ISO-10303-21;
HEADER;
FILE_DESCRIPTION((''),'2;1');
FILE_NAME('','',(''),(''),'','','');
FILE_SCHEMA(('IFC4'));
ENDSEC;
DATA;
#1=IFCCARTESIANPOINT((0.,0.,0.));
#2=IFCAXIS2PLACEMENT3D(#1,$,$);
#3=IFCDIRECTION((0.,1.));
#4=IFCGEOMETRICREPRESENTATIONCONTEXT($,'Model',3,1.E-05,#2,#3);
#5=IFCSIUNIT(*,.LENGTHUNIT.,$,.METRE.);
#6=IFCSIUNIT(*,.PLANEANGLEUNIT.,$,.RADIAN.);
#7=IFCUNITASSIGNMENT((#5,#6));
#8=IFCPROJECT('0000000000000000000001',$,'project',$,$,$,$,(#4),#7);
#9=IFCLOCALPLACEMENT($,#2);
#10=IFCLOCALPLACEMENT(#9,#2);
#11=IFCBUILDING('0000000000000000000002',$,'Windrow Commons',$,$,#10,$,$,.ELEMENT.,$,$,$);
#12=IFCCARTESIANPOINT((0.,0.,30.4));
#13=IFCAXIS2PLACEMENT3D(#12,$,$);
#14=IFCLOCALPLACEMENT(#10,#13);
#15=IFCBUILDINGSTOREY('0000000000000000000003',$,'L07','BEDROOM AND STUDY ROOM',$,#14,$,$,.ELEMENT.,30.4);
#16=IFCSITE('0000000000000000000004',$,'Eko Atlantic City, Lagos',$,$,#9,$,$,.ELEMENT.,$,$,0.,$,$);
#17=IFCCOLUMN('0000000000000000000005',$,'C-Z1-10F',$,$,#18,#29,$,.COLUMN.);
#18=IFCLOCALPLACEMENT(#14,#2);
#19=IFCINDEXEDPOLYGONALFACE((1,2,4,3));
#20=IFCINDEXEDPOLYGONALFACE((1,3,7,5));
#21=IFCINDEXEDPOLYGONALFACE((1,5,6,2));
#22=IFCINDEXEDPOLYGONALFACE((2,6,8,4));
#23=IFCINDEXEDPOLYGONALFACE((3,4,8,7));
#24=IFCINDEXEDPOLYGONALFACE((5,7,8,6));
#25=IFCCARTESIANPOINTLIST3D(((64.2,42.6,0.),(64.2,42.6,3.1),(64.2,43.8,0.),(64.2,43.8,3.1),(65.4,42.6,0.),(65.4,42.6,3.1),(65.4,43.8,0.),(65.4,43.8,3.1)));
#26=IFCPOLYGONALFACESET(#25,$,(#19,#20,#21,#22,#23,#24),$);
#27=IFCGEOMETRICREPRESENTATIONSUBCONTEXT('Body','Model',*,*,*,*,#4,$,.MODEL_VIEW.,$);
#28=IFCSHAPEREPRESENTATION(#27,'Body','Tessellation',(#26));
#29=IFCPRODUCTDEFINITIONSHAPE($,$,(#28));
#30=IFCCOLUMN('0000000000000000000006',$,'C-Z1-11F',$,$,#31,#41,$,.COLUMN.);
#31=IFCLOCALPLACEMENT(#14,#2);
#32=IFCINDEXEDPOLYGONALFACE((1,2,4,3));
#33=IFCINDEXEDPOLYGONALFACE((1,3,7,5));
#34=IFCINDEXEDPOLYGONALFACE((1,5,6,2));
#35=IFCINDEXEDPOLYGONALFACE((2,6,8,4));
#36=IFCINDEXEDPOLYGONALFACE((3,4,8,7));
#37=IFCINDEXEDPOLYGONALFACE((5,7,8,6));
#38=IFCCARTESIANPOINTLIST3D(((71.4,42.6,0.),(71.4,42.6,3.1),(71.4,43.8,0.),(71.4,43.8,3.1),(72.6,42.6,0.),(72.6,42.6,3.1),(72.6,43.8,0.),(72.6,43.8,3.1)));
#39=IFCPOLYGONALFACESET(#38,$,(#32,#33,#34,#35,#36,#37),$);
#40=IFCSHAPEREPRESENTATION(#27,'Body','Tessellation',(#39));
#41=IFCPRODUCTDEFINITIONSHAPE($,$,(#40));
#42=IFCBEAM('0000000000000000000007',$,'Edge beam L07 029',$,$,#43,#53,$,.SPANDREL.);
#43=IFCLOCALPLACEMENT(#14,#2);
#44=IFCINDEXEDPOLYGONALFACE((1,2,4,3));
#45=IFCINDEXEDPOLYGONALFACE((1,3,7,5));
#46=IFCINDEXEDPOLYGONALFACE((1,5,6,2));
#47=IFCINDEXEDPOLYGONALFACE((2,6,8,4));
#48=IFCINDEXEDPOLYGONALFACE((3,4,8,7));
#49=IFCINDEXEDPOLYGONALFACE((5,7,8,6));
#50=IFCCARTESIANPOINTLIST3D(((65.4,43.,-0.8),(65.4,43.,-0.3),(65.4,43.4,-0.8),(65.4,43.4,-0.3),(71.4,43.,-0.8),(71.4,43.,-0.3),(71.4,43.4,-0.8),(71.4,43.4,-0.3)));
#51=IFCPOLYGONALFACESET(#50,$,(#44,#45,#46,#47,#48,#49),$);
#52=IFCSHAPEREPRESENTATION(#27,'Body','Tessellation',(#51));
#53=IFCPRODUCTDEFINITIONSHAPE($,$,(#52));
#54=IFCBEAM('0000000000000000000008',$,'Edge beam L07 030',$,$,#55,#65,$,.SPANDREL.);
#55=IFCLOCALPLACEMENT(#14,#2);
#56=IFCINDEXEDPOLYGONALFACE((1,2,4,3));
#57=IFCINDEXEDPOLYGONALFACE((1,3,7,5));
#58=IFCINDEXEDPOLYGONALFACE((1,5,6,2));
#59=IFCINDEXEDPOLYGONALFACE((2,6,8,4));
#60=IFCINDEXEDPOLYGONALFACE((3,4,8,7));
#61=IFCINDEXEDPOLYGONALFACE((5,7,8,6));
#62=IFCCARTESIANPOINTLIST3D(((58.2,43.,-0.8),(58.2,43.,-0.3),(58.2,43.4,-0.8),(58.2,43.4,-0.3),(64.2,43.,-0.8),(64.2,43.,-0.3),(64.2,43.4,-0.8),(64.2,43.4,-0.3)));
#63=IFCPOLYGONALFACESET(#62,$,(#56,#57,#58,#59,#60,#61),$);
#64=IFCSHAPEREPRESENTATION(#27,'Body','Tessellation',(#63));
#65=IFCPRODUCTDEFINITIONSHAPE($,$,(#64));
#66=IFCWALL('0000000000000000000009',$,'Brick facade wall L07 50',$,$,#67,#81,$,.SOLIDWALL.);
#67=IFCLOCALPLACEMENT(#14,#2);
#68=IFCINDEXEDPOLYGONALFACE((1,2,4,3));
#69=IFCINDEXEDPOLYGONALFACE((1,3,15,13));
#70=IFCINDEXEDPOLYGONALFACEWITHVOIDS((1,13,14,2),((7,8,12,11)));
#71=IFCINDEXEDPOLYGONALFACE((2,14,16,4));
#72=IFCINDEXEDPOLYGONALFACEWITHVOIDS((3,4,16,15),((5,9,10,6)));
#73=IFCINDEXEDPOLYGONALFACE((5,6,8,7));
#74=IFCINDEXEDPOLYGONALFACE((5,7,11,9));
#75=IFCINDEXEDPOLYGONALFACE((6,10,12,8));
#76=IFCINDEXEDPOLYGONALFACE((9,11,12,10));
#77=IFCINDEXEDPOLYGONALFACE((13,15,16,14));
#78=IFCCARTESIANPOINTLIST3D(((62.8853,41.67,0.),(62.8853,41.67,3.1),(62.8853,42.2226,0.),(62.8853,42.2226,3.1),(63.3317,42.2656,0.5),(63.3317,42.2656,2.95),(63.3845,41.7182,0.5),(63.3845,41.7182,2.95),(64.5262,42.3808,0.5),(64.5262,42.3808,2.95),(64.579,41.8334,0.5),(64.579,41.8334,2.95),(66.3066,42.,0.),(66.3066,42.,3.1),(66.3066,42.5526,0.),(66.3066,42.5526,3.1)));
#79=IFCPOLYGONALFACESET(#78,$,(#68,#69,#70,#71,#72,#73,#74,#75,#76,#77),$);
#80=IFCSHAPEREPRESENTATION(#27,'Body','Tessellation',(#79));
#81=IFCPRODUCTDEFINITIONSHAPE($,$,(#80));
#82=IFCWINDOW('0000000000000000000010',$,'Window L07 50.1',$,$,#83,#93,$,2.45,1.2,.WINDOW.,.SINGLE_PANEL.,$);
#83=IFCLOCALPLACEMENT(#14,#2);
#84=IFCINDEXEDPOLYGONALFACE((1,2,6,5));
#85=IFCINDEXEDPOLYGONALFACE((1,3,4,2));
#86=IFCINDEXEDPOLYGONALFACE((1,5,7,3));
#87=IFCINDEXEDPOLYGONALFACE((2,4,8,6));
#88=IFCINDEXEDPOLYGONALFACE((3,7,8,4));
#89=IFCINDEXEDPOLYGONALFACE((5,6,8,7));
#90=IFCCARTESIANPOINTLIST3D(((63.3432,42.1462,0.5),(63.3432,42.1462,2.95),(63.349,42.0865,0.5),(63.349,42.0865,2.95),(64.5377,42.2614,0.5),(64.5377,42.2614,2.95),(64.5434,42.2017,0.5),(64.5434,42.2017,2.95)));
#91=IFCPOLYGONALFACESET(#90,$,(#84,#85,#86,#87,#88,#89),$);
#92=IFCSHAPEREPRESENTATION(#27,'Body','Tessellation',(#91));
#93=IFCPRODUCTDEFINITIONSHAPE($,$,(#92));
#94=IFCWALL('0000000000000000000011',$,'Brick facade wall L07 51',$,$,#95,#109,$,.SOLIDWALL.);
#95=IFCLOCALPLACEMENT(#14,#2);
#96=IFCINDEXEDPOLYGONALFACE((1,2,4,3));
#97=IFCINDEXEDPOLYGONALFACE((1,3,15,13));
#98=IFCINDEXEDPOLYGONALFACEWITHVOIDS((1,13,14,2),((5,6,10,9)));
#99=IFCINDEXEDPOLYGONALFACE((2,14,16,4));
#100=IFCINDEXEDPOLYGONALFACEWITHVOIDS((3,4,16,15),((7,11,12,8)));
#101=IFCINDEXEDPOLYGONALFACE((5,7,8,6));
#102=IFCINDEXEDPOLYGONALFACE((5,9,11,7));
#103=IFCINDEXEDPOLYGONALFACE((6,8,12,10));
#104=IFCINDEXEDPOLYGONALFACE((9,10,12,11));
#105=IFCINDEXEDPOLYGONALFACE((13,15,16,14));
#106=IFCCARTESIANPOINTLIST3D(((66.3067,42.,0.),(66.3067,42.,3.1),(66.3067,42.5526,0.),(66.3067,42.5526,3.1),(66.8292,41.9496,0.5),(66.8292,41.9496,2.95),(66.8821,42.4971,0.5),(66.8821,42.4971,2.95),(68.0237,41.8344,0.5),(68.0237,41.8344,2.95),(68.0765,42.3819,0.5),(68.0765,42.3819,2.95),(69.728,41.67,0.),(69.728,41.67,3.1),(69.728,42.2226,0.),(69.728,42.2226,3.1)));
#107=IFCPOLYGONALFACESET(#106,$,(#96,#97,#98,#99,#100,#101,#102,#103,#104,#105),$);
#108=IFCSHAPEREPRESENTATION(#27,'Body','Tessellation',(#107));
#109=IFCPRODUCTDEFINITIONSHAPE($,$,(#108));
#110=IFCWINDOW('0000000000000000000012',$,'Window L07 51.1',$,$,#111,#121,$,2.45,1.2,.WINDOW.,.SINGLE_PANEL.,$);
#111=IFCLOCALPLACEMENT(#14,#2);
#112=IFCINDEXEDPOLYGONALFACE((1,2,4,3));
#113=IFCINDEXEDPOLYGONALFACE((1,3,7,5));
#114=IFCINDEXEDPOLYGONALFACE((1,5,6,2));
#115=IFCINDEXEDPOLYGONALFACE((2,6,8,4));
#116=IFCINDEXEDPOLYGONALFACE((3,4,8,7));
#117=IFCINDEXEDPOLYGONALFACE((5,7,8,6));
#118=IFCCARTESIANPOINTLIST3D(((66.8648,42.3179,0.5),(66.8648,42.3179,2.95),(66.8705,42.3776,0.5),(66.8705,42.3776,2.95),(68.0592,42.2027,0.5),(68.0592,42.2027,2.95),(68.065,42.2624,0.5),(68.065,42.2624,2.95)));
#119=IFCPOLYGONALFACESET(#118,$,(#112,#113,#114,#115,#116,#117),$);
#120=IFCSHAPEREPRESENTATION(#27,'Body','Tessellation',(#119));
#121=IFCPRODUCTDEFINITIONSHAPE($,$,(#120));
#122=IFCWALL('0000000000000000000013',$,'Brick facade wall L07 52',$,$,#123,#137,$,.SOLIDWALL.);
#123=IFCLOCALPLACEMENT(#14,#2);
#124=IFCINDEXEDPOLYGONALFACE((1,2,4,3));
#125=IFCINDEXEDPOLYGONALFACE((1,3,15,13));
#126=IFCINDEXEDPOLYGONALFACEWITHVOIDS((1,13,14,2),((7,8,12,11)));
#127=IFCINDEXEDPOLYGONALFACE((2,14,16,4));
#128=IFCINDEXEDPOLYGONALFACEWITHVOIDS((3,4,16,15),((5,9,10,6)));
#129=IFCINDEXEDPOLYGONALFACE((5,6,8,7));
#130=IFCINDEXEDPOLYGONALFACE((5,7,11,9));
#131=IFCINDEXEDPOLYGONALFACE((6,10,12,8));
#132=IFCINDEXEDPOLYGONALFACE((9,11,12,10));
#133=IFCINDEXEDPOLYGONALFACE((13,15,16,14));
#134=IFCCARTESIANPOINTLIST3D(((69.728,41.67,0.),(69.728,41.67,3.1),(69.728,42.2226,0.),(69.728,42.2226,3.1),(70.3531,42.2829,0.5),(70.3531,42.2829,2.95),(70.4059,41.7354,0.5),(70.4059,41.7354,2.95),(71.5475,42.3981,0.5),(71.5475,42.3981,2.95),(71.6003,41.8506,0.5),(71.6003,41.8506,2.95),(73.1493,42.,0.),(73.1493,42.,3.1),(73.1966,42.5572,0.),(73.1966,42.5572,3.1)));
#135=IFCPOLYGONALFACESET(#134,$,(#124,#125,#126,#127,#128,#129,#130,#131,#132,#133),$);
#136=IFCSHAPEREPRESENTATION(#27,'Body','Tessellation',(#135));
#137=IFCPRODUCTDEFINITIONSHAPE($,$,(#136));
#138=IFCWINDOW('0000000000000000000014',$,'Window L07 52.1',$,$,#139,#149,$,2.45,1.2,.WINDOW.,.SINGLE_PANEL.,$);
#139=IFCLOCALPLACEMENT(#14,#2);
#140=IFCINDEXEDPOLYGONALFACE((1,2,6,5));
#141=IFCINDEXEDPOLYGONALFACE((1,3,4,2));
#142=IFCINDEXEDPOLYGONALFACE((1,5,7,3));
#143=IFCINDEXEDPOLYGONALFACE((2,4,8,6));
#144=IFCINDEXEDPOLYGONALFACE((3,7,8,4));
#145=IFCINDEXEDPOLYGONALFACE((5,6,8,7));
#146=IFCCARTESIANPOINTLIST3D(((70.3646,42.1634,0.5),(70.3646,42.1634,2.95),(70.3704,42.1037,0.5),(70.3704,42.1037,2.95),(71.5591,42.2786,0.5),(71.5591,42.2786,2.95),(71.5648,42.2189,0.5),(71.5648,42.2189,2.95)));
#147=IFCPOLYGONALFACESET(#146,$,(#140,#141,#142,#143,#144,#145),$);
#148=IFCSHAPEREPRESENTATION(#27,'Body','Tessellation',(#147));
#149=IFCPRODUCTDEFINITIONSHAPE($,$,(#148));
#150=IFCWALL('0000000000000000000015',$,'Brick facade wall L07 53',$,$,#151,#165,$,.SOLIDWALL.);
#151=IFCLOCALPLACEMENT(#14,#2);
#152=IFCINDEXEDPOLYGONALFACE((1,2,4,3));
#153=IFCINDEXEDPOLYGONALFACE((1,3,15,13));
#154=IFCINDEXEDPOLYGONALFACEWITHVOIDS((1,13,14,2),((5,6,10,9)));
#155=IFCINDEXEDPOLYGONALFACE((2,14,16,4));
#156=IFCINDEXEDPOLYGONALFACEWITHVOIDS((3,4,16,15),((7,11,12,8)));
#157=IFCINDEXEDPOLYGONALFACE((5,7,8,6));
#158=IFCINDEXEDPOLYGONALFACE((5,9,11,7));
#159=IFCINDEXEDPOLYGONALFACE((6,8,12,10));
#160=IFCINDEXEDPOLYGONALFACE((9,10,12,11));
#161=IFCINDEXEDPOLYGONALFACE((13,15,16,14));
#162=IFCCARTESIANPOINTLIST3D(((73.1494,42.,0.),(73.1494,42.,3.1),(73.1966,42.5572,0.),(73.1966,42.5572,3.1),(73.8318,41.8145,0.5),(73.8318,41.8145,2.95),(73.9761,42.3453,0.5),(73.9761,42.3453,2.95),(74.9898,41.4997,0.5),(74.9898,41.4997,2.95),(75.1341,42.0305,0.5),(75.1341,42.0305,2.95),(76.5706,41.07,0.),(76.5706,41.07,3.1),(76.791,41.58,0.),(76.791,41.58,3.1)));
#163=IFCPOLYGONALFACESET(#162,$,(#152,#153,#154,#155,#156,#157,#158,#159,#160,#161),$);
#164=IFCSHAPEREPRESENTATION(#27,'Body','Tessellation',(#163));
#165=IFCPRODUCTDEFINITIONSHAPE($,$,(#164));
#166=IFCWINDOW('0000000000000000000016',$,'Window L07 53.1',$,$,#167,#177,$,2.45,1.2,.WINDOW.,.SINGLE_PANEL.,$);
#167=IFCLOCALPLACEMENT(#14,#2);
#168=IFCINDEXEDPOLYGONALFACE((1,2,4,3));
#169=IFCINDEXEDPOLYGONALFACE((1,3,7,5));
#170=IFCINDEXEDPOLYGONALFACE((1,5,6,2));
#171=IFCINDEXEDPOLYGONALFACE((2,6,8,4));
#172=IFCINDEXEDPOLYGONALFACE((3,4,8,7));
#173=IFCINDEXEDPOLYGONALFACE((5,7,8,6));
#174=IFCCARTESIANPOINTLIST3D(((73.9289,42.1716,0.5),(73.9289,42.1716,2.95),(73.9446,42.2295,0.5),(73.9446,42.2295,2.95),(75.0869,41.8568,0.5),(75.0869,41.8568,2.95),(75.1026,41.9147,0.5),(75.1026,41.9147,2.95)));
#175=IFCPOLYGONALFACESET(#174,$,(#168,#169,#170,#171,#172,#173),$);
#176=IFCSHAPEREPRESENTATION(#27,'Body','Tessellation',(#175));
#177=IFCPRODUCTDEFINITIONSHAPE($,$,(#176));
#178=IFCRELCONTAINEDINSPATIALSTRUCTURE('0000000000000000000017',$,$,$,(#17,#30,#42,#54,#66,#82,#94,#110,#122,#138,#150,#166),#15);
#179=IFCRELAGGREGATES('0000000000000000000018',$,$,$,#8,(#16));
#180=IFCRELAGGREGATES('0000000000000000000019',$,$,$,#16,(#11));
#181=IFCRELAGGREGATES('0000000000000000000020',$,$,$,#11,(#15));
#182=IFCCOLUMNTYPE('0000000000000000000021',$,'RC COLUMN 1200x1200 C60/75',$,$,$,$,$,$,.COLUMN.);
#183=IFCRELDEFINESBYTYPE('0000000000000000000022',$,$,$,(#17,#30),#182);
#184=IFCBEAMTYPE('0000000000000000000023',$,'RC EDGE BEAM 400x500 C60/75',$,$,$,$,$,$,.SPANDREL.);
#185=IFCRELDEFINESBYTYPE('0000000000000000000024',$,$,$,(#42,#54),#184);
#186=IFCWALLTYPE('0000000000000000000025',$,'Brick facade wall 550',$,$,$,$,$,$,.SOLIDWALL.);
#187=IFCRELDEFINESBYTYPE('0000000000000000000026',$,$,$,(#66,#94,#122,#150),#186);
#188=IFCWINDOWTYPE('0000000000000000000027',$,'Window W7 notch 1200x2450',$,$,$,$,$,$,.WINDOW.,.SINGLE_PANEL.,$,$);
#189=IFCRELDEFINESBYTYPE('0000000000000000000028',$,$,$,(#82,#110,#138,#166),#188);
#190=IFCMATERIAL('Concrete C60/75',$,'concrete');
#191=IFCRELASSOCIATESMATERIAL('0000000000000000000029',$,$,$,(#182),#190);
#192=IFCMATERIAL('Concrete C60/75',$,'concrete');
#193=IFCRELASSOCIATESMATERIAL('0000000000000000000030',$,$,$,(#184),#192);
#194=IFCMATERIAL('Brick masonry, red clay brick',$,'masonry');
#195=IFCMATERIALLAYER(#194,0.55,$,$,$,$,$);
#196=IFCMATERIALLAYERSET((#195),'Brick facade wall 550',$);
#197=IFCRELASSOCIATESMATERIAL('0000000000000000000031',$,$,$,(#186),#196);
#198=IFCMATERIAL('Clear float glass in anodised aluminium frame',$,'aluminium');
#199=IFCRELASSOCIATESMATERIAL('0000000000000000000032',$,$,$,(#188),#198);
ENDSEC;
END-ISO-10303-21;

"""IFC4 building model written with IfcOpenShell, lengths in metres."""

from ifc_helpers import new_model, si_unit, direction, frame, frame_2d, origin, origin_2d, place, context, subcontext, project, spatial, polyline, rectangle, outline, extrude, material, layer, layer_set, material_profile, profile_set, type_object, element, fill, save


model = new_model("IFC4")

# Units and contexts
model_context = context("Model", 3, precision=1e-05, world=origin(), true_north=direction((0.0, 1.0)))
body_context = subcontext(model_context, "Body", "Model", "MODEL_VIEW")
ifc_project = project(units=[si_unit("LENGTHUNIT", "METRE"), si_unit("PLANEANGLEUNIT", "RADIAN")], contexts=[model_context])

# Site, building, storey
site_placement = place(None, origin())
site = spatial("IfcSite", under=ifc_project, at=site_placement, Name="Eko Atlantic City, Lagos", CompositionType="ELEMENT", RefElevation=0.0)
building_placement = place(site_placement, origin())
building = spatial("IfcBuilding", under=site, at=building_placement, Name="Windrow Commons", CompositionType="ELEMENT")
storey_placement = place(building_placement, frame((0.0, 0.0, 30.4)))
storey = spatial("IfcBuildingStorey", under=building, at=storey_placement, Name="L07", Description="BEDROOM AND STUDY ROOM", CompositionType="ELEMENT", Elevation=30.4)

# Columns
ifc_material_1 = material(Name="Concrete C60/75", Category="concrete")
ifc_material_profile_1 = material_profile(ifc_material_1, rectangle(XDim=1.2, YDim=1.2, at=origin_2d()))
ifc_profile_set_1 = profile_set([ifc_material_profile_1], Name="Concrete C60/75")
column_type = type_object("IfcColumnType", Name="RC COLUMN 1200x1200 C60/75", PredefinedType="COLUMN", material=ifc_profile_set_1)
for number, where, z_axis, x_axis, name in (
    (1, (64.8, 43.2, 0.0), (0.0, 0.0, 1.0), (1.0, 0.0, 0.0), "C-Z1-10F"),
    (2, (72.0, 43.2, 0.0), (0.0, 0.0, 1.0), (1.0, 0.0, 0.0), "C-Z1-11F"),
):
    element("IfcColumn", number, at=place(storey_placement, frame(where, z_axis=z_axis, x_axis=x_axis)), inside=storey, type_object=column_type, Name=name, PredefinedType="COLUMN", context=body_context, shape_type="SweptSolid", body=[
        extrude(rectangle(XDim=1.2, YDim=1.2, at=origin_2d()), origin(), (0.0, 0.0, 1.0), 3.1),
    ])

# Beams
ifc_material_2 = material(Name="Concrete C60/75", Category="concrete")
ifc_material_profile_2 = material_profile(ifc_material_2, rectangle(XDim=0.4, YDim=0.5, at=origin_2d()))
ifc_profile_set_2 = profile_set([ifc_material_profile_2], Name="Concrete C60/75")
beam_type = type_object("IfcBeamType", Name="RC EDGE BEAM 400x500 C60/75", PredefinedType="SPANDREL", material=ifc_profile_set_2)
for number, where, z_axis, x_axis, name in (
    (3, (71.4, 43.2, -0.55), (-1.0, 0.0, 0.0), (0.0, -1.0, 0.0), "Edge beam L07 029"),
    (4, (64.2, 43.2, -0.55), (-1.0, 0.0, 0.0), (0.0, -1.0, 0.0), "Edge beam L07 030"),
):
    element("IfcBeam", number, at=place(storey_placement, frame(where, z_axis=z_axis, x_axis=x_axis)), inside=storey, type_object=beam_type, Name=name, PredefinedType="SPANDREL", context=body_context, shape_type="SweptSolid", body=[
        extrude(rectangle(XDim=0.4, YDim=0.5, at=origin_2d()), origin(), (0.0, 0.0, 1.0), 6.0),
    ])

# Walls, openings, windows
ifc_material_3 = material(Name="Brick masonry, red clay brick", Category="masonry")
ifc_layer_1 = layer(ifc_material_3, 0.55)
ifc_layer_set_1 = layer_set([ifc_layer_1], Name="Brick facade wall 550")
wall_type_1 = type_object("IfcWallType", Name="Brick facade wall 550", PredefinedType="SOLIDWALL", material=ifc_layer_set_1)
wall_1_placement = place(storey_placement, frame((62.8853, 41.9463, 0.0), z_axis=(0.0, 0.0, 1.0), x_axis=(0.995381, 0.096006, 0.0)))
wall_1 = element("IfcWall", 5, at=wall_1_placement, inside=storey, type_object=wall_type_1, Name="Brick facade wall L07 50", PredefinedType="SOLIDWALL", context=body_context, shape_type="SweptSolid", body=[
    extrude(outline(polyline([(-0.0265, -0.275), (3.4107, -0.275), (3.4637, 0.275), (0.0265, 0.275), (-0.0265, -0.275)])), origin(), (0.0, 0.0, 1.0), 3.1),
])
opening_1_placement = place(wall_1_placement, frame((0.475, 0.0, 0.5)))
opening_1 = element("IfcOpeningElement", 6, at=opening_1_placement, cuts=wall_1, PredefinedType="OPENING", context=body_context, shape_type="SweptSolid", body=[
    extrude(rectangle(XDim=1.2, YDim=2.45, at=frame_2d((0.6, 1.225))), frame((0.0, 0.285, 0.0), z_axis=(0.0, -1.0, 0.0), x_axis=(1.0, 0.0, 0.0)), (0.0, 0.0, 1.0), 0.57),
])
ifc_material_4 = material(Name="Clear float glass in anodised aluminium frame", Category="aluminium")
window_type = type_object("IfcWindowType", Name="Window W7 notch 1200x2450", PartitioningType="SINGLE_PANEL", PredefinedType="WINDOW", material=ifc_material_4)
window_1_placement = place(opening_1_placement, origin())
window_1 = element("IfcWindow", 7, at=window_1_placement, inside=storey, type_object=window_type, Name="Window L07 50.1", OverallHeight=2.45, OverallWidth=1.2, PartitioningType="SINGLE_PANEL", PredefinedType="WINDOW", context=body_context, shape_type="SweptSolid", body=[
    extrude(rectangle(XDim=1.2, YDim=2.45, at=frame_2d((0.6, 1.225))), frame((0.0, 0.155, 0.0), z_axis=(0.0, -1.0, 0.0), x_axis=(1.0, 0.0, 0.0)), (0.0, 0.0, 1.0), 0.06),
])
fill(opening_1, window_1)
wall_2_placement = place(storey_placement, frame((66.3067, 42.2763, 0.0), z_axis=(0.0, 0.0, 1.0), x_axis=(0.99538, -0.096009, 0.0)))
wall_2 = element("IfcWall", 8, at=wall_2_placement, inside=storey, type_object=wall_type_1, Name="Brick facade wall L07 51", PredefinedType="SOLIDWALL", context=body_context, shape_type="SweptSolid", body=[
    extrude(outline(polyline([(0.0265, -0.275), (3.4637, -0.275), (3.4107, 0.275), (-0.0265, 0.275), (0.0265, -0.275)])), origin(), (0.0, 0.0, 1.0), 3.1),
])
opening_2_placement = place(wall_2_placement, frame((0.5515, 0.0, 0.5)))
opening_2 = element("IfcOpeningElement", 9, at=opening_2_placement, cuts=wall_2, PredefinedType="OPENING", context=body_context, shape_type="SweptSolid", body=[
    extrude(rectangle(XDim=1.2, YDim=2.45, at=frame_2d((0.6, 1.225))), frame((0.0, 0.285, 0.0), z_axis=(0.0, -1.0, 0.0), x_axis=(1.0, 0.0, 0.0)), (0.0, 0.0, 1.0), 0.57),
])
window_2_placement = place(opening_2_placement, origin())
window_2 = element("IfcWindow", 10, at=window_2_placement, inside=storey, type_object=window_type, Name="Window L07 51.1", OverallHeight=2.45, OverallWidth=1.2, PartitioningType="SINGLE_PANEL", PredefinedType="WINDOW", context=body_context, shape_type="SweptSolid", body=[
    extrude(rectangle(XDim=1.2, YDim=2.45, at=frame_2d((0.6, 1.225))), frame((0.0, 0.155, 0.0), z_axis=(0.0, -1.0, 0.0), x_axis=(1.0, 0.0, 0.0)), (0.0, 0.0, 1.0), 0.06),
])
fill(opening_2, window_2)
wall_3_placement = place(storey_placement, frame((69.728, 41.9463, 0.0), z_axis=(0.0, 0.0, 1.0), x_axis=(0.99538, 0.096013, 0.0)))
wall_3 = element("IfcWall", 11, at=wall_3_placement, inside=storey, type_object=wall_type_1, Name="Brick facade wall L07 52", PredefinedType="SOLIDWALL", context=body_context, shape_type="SweptSolid", body=[
    extrude(outline(polyline([(-0.0265, -0.275), (3.4107, -0.275), (3.5112, 0.275), (0.0265, 0.275), (-0.0265, -0.275)])), origin(), (0.0, 0.0, 1.0), 3.1),
])
opening_3_placement = place(wall_3_placement, frame((0.6545, 0.0, 0.5)))
opening_3 = element("IfcOpeningElement", 12, at=opening_3_placement, cuts=wall_3, PredefinedType="OPENING", context=body_context, shape_type="SweptSolid", body=[
    extrude(rectangle(XDim=1.2, YDim=2.45, at=frame_2d((0.6, 1.225))), frame((0.0, 0.285, 0.0), z_axis=(0.0, -1.0, 0.0), x_axis=(1.0, 0.0, 0.0)), (0.0, 0.0, 1.0), 0.57),
])
window_3_placement = place(opening_3_placement, origin())
window_3 = element("IfcWindow", 13, at=window_3_placement, inside=storey, type_object=window_type, Name="Window L07 52.1", OverallHeight=2.45, OverallWidth=1.2, PartitioningType="SINGLE_PANEL", PredefinedType="WINDOW", context=body_context, shape_type="SweptSolid", body=[
    extrude(rectangle(XDim=1.2, YDim=2.45, at=frame_2d((0.6, 1.225))), frame((0.0, 0.155, 0.0), z_axis=(0.0, -1.0, 0.0), x_axis=(1.0, 0.0, 0.0)), (0.0, 0.0, 1.0), 0.06),
])
fill(opening_3, window_3)
wall_4_placement = place(storey_placement, frame((73.173, 42.2786, 0.0), z_axis=(0.0, 0.0, 1.0), x_axis=(0.964978, -0.262331, 0.0)))
wall_4 = element("IfcWall", 14, at=wall_4_placement, inside=storey, type_object=wall_type_1, Name="Brick facade wall L07 53", PredefinedType="SOLIDWALL", context=body_context, shape_type="SweptSolid", body=[
    extrude(outline(polyline([(0.0503, -0.275), (3.5957, -0.275), (3.6746, 0.275), (-0.0503, 0.275), (0.0503, -0.275)])), origin(), (0.0, 0.0, 1.0), 3.1),
])
opening_4_placement = place(wall_4_placement, frame((0.7575, 0.0, 0.5)))
opening_4 = element("IfcOpeningElement", 15, at=opening_4_placement, cuts=wall_4, PredefinedType="OPENING", context=body_context, shape_type="SweptSolid", body=[
    extrude(rectangle(XDim=1.2, YDim=2.45, at=frame_2d((0.6, 1.225))), frame((0.0, 0.285, 0.0), z_axis=(0.0, -1.0, 0.0), x_axis=(1.0, 0.0, 0.0)), (0.0, 0.0, 1.0), 0.57),
])
window_4_placement = place(opening_4_placement, origin())
window_4 = element("IfcWindow", 16, at=window_4_placement, inside=storey, type_object=window_type, Name="Window L07 53.1", OverallHeight=2.45, OverallWidth=1.2, PartitioningType="SINGLE_PANEL", PredefinedType="WINDOW", context=body_context, shape_type="SweptSolid", body=[
    extrude(rectangle(XDim=1.2, YDim=2.45, at=frame_2d((0.6, 1.225))), frame((0.0, 0.155, 0.0), z_axis=(0.0, -1.0, 0.0), x_axis=(1.0, 0.0, 0.0)), (0.0, 0.0, 1.0), 0.06),
])
fill(opening_4, window_4)

save(model, "model.ifc")
